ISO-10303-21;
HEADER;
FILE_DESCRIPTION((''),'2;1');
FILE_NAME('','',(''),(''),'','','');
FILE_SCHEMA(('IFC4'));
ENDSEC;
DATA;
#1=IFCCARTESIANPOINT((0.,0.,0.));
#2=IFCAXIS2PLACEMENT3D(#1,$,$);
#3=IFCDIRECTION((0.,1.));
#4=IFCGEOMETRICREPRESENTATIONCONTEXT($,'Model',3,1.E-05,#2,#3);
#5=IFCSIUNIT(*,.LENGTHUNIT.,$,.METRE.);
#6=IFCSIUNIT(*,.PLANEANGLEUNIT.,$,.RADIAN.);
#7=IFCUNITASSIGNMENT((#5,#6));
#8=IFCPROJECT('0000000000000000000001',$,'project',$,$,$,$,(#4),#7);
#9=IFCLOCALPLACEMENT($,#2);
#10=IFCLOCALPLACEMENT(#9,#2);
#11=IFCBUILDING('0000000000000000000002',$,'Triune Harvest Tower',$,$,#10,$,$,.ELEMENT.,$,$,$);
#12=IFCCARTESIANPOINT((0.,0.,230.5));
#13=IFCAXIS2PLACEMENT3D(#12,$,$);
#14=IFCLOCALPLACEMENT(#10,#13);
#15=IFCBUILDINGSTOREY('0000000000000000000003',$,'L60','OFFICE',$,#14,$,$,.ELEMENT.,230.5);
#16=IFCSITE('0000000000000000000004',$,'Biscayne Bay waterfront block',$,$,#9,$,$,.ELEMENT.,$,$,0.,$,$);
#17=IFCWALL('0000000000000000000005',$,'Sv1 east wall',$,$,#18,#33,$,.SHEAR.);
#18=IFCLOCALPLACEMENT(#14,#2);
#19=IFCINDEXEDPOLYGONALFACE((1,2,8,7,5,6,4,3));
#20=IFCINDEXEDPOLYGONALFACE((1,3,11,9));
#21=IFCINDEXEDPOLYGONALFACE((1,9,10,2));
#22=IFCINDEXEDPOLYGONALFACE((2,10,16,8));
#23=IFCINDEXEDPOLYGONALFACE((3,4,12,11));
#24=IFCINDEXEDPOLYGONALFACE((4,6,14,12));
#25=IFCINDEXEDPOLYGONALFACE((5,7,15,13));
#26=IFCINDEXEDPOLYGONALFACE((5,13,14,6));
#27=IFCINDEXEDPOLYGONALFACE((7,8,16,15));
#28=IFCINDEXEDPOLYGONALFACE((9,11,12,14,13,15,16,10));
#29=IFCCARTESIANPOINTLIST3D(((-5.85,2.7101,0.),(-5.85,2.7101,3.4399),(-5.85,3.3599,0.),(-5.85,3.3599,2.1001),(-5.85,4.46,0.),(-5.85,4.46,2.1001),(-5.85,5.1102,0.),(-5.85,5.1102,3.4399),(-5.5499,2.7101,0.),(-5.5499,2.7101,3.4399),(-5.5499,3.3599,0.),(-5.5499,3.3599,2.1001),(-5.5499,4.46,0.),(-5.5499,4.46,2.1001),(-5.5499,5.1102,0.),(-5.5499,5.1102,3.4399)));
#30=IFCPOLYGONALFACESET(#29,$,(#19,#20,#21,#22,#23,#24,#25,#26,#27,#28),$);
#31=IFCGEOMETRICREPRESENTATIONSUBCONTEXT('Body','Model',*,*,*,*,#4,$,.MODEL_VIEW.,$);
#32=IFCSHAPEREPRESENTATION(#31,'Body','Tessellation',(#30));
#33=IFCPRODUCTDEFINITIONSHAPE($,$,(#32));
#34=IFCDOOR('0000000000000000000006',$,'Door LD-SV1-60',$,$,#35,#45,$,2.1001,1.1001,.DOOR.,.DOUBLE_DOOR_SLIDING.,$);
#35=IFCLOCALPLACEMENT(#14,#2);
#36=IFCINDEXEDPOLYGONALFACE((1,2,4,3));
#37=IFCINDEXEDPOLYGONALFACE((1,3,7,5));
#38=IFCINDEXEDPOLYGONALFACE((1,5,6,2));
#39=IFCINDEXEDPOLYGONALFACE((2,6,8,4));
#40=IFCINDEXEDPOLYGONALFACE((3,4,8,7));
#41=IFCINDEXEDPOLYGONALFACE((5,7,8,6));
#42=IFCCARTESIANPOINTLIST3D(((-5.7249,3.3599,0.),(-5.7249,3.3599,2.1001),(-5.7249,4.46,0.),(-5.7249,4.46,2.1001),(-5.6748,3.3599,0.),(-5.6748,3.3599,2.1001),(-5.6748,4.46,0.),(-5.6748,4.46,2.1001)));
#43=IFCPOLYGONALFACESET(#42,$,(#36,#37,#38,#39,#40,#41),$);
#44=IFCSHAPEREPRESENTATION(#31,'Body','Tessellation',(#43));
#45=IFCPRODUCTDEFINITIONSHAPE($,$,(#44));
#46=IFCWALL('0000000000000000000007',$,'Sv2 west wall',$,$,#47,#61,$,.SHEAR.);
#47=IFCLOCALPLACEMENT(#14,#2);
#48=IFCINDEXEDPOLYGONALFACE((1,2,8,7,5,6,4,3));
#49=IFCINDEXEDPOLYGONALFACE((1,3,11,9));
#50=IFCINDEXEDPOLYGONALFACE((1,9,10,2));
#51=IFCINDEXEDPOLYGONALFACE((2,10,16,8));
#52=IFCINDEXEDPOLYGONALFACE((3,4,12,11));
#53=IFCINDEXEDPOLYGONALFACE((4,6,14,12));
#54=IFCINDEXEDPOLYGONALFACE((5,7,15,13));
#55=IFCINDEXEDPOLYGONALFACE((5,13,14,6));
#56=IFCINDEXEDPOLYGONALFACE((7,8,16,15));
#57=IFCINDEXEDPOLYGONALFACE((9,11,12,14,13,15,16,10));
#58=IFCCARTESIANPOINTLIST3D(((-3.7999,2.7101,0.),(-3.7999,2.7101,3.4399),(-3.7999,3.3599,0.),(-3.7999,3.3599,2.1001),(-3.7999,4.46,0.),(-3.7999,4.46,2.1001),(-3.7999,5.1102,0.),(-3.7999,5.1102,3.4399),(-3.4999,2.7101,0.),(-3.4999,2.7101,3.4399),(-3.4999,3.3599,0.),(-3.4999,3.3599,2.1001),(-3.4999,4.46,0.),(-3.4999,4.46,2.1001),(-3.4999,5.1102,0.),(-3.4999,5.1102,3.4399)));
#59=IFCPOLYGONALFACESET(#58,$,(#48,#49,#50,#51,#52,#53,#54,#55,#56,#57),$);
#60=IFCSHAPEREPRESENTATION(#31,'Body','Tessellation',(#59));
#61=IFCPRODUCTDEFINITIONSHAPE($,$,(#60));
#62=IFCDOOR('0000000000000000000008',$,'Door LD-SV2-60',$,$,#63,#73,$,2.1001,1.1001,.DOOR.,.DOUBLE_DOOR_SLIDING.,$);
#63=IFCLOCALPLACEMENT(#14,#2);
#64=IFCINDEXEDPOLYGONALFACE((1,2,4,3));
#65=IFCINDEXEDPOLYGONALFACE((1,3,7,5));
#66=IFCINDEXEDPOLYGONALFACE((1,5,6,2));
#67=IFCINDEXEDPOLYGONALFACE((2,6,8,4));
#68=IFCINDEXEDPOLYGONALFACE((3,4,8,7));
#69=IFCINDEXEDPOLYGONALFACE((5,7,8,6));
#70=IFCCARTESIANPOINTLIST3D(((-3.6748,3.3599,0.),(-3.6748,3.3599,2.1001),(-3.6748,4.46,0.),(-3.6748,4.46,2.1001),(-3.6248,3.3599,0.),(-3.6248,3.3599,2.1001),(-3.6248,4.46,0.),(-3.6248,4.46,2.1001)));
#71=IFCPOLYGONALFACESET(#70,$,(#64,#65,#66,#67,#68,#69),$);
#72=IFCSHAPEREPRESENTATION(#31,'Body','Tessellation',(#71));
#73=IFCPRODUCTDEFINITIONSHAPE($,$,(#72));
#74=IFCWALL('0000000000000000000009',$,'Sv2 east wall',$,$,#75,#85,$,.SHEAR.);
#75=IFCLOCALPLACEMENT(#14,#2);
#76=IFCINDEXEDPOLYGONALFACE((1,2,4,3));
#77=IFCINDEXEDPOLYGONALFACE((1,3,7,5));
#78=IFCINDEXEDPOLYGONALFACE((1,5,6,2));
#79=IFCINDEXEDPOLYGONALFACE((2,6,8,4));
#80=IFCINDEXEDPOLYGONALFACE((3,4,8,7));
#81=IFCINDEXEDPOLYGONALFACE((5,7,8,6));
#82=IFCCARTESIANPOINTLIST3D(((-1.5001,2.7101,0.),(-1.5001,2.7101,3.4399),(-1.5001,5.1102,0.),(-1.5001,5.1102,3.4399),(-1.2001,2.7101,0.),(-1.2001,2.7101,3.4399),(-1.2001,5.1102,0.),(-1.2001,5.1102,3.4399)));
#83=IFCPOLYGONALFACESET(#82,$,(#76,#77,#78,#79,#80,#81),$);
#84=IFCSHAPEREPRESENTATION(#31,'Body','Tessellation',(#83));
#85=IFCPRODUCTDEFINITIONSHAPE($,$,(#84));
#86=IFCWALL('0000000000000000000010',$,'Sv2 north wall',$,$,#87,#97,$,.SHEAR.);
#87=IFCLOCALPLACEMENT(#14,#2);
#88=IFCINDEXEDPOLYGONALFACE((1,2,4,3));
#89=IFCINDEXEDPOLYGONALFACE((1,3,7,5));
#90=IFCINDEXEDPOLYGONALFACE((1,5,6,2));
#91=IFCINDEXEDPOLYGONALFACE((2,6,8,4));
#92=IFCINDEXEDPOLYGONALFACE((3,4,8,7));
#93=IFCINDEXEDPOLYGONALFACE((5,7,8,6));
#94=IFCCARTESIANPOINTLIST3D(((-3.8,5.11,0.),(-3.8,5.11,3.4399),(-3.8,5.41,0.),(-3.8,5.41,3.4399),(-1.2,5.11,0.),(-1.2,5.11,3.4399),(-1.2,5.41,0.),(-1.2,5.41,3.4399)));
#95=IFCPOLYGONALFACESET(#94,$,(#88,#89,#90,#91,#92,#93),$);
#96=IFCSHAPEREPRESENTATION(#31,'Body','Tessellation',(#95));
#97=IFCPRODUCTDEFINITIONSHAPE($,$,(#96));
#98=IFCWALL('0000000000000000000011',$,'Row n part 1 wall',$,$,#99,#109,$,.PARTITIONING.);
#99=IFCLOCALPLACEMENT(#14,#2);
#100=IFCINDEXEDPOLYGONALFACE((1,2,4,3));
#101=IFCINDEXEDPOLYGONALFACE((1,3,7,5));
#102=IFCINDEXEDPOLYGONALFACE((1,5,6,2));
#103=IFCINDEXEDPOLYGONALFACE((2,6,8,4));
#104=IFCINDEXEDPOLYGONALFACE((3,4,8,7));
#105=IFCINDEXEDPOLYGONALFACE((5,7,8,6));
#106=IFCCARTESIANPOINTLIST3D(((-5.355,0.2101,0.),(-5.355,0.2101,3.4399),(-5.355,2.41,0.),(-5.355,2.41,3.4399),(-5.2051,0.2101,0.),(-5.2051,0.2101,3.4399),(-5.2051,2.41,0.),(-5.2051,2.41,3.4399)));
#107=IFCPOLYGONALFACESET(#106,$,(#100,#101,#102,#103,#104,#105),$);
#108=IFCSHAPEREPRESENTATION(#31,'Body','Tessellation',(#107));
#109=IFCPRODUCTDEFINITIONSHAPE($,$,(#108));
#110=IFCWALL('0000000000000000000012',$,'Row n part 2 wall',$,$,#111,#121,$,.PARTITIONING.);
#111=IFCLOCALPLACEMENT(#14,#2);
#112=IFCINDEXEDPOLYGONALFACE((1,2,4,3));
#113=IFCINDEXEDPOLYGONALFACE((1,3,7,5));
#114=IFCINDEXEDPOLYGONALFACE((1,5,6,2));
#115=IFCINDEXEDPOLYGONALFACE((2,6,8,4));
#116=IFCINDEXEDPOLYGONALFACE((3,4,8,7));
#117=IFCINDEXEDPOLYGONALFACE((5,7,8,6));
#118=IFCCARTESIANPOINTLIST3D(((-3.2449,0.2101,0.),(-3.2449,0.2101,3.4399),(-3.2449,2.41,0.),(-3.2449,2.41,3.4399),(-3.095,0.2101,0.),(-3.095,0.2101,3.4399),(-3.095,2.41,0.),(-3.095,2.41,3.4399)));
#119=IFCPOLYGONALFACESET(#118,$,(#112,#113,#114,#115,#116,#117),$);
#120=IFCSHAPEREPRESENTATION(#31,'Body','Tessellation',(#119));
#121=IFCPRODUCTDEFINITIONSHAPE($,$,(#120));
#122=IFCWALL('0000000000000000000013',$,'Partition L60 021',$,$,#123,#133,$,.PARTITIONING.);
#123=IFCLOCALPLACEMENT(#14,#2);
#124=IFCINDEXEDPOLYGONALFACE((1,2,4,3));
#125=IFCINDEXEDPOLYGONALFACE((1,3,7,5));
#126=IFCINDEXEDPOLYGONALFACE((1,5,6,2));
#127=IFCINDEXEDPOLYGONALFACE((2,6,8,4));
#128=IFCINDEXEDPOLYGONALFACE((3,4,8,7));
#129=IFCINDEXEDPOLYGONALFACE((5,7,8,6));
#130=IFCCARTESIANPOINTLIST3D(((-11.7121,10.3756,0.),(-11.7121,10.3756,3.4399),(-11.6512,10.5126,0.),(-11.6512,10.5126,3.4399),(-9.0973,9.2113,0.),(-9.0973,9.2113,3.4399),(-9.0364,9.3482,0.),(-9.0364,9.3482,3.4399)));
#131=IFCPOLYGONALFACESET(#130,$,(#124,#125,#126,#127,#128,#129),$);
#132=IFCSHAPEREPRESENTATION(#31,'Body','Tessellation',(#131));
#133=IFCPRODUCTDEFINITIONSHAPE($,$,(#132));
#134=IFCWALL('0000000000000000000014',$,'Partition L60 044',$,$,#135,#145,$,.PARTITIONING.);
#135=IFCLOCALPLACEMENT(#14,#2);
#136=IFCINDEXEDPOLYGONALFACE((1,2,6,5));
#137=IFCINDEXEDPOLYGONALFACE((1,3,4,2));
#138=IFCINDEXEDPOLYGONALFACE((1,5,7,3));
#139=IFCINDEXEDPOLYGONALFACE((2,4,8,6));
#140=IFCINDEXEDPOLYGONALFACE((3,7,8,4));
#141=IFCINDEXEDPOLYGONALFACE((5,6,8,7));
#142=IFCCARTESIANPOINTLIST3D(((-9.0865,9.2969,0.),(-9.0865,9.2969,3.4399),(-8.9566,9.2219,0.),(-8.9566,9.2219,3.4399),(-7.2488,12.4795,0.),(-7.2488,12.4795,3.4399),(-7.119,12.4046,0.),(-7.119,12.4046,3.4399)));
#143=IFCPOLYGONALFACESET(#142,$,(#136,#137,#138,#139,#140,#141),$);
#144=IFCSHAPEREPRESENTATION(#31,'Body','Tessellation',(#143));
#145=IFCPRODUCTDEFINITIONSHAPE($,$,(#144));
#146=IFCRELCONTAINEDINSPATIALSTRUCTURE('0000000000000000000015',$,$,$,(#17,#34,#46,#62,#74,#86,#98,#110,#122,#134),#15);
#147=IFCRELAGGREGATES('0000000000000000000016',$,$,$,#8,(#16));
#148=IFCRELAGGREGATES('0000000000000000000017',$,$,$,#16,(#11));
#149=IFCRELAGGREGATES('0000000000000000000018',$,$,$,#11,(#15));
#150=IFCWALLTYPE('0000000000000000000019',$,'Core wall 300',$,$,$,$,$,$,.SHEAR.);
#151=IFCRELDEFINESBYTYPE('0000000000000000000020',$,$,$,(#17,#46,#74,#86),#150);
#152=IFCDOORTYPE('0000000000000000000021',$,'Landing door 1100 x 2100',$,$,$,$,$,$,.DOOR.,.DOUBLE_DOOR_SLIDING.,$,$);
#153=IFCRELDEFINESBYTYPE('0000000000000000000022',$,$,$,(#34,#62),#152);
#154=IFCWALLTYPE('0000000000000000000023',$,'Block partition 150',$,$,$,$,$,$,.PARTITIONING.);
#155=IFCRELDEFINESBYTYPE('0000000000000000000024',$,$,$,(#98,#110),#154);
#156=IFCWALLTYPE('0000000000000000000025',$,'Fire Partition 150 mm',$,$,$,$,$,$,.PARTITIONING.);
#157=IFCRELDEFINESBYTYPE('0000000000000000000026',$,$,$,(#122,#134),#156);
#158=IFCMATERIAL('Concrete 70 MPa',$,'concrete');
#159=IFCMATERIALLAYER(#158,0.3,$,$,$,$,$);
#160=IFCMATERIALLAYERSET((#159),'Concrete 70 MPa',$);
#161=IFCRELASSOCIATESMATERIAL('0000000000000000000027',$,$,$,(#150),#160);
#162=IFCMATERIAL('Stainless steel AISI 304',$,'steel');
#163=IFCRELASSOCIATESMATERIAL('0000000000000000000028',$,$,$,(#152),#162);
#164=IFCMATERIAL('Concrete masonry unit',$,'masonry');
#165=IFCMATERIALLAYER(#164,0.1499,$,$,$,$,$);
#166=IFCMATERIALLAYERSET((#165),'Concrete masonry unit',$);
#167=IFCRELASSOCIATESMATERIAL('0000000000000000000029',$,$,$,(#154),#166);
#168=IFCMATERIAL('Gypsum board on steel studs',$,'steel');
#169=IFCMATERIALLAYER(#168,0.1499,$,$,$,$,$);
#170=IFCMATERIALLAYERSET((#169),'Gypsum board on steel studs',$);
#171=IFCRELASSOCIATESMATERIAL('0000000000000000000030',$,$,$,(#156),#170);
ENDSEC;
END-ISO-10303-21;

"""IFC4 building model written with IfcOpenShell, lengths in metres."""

from ifc_helpers import new_model, si_unit, direction, frame, frame_2d, origin, place, context, subcontext, project, spatial, rectangle, extrude, source, transform, mapped, material, layer, layer_set, type_object, element, fill, save


model = new_model("IFC4")

# Units and contexts
model_context = context("Model", 3, precision=1e-05, world=origin(), true_north=direction((0.0, 1.0)))
body_context = subcontext(model_context, "Body", "Model", "MODEL_VIEW")
ifc_project = project(units=[si_unit("LENGTHUNIT", "METRE"), si_unit("PLANEANGLEUNIT", "RADIAN")], contexts=[model_context])

# Site, building, storey
site_placement = place(None, origin())
site = spatial("IfcSite", under=ifc_project, at=site_placement, Name="Biscayne Bay waterfront block", CompositionType="ELEMENT", RefElevation=0.0)
building_placement = place(site_placement, origin())
building = spatial("IfcBuilding", under=site, at=building_placement, Name="Triune Harvest Tower", CompositionType="ELEMENT")
storey_placement = place(building_placement, frame((0.0, 0.0, 230.5)))
storey = spatial("IfcBuildingStorey", under=building, at=storey_placement, Name="L60", Description="OFFICE", CompositionType="ELEMENT", Elevation=230.5)

# Shared definitions
ifc_material_1 = material(Name="Concrete 70 MPa", Category="concrete")
ifc_layer_1 = layer(ifc_material_1, 0.3)
ifc_layer_set_1 = layer_set([ifc_layer_1], Name="Concrete 70 MPa")
wall_type_1 = type_object("IfcWallType", Name="Core wall 300", PredefinedType="SHEAR", material=ifc_layer_set_1)

# Shared definitions
shared_shape_1 = source(origin(), body_context, "Body", "SweptSolid", [
    extrude(rectangle(XDim=2.4001, YDim=0.3, at=frame_2d((1.2002, 0.0))), origin(), (0.0, 0.0, 1.0), 3.4399),
])

# Walls, openings, doors
wall_1_placement = place(storey_placement, frame((-5.7, 2.71, 0.0), z_axis=(0.0, 0.0, 1.0), x_axis=(0.0, 1.0, 0.0)))
wall_1 = element("IfcWall", 1, at=wall_1_placement, inside=storey, type_object=wall_type_1, Name="Sv1 east wall", PredefinedType="SHEAR", context=body_context, shape_type="MappedRepresentation", body=[
    mapped(shared_shape_1, transform((0.0, 0.0, 0.0), scale=1.0)),
])
opening_1_placement = place(wall_1_placement, frame((0.6499, 0.0, 0.0)))
opening_1 = element("IfcOpeningElement", 2, at=opening_1_placement, cuts=wall_1, PredefinedType="OPENING", context=body_context, shape_type="SweptSolid", body=[
    extrude(rectangle(XDim=1.1001, YDim=2.1001, at=frame_2d((0.55, 1.05))), frame((0.0, 0.1602, 0.0), z_axis=(0.0, -1.0, 0.0), x_axis=(1.0, 0.0, 0.0)), (0.0, 0.0, 1.0), 0.3201),
])
ifc_material_2 = material(Name="Stainless steel AISI 304", Category="steel")
door_type_1 = type_object("IfcDoorType", Name="Landing door 1100 x 2100", OperationType="DOUBLE_DOOR_SLIDING", PredefinedType="DOOR", material=ifc_material_2)
door_1_placement = place(opening_1_placement, origin())
door_1 = element("IfcDoor", 3, at=door_1_placement, inside=storey, type_object=door_type_1, Name="Door LD-SV1-60", OperationType="DOUBLE_DOOR_SLIDING", OverallHeight=2.1001, OverallWidth=1.1001, PredefinedType="DOOR", context=body_context, shape_type="SweptSolid", body=[
    extrude(rectangle(XDim=1.1001, YDim=2.1001, at=frame_2d((0.55, 1.05))), frame((0.0, 0.0249, 0.0), z_axis=(0.0, -1.0, 0.0), x_axis=(1.0, 0.0, 0.0)), (0.0, 0.0, 1.0), 0.05),
])
fill(opening_1, door_1)
wall_2_placement = place(storey_placement, frame((-3.6499, 2.71, 0.0), z_axis=(0.0, 0.0, 1.0), x_axis=(0.0, 1.0, 0.0)))
wall_2 = element("IfcWall", 4, at=wall_2_placement, inside=storey, type_object=wall_type_1, Name="Sv2 west wall", PredefinedType="SHEAR", context=body_context, shape_type="MappedRepresentation", body=[
    mapped(shared_shape_1, transform((0.0, 0.0, 0.0), scale=1.0)),
])
opening_2_placement = place(wall_2_placement, frame((0.6499, 0.0, 0.0)))
opening_2 = element("IfcOpeningElement", 5, at=opening_2_placement, cuts=wall_2, PredefinedType="OPENING", context=body_context, shape_type="SweptSolid", body=[
    extrude(rectangle(XDim=1.1001, YDim=2.1001, at=frame_2d((0.55, 1.05))), frame((0.0, 0.1602, 0.0), z_axis=(0.0, -1.0, 0.0), x_axis=(1.0, 0.0, 0.0)), (0.0, 0.0, 1.0), 0.3201),
])
door_2_placement = place(opening_2_placement, origin())
door_2 = element("IfcDoor", 6, at=door_2_placement, inside=storey, type_object=door_type_1, Name="Door LD-SV2-60", OperationType="DOUBLE_DOOR_SLIDING", OverallHeight=2.1001, OverallWidth=1.1001, PredefinedType="DOOR", context=body_context, shape_type="SweptSolid", body=[
    extrude(rectangle(XDim=1.1001, YDim=2.1001, at=frame_2d((0.55, 1.05))), frame((0.0, 0.0249, 0.0), z_axis=(0.0, -1.0, 0.0), x_axis=(1.0, 0.0, 0.0)), (0.0, 0.0, 1.0), 0.05),
])
fill(opening_2, door_2)

# Walls
wall_3_placement = place(storey_placement, frame((-1.3501, 2.71, 0.0), z_axis=(0.0, 0.0, 1.0), x_axis=(0.0, 1.0, 0.0)))
element("IfcWall", 7, at=wall_3_placement, inside=storey, type_object=wall_type_1, Name="Sv2 east wall", PredefinedType="SHEAR", context=body_context, shape_type="MappedRepresentation", body=[
    mapped(shared_shape_1, transform((0.0, 0.0, 0.0), scale=1.0)),
])
shared_shape_2 = source(origin(), body_context, "Body", "SweptSolid", [
    extrude(rectangle(XDim=2.6001, YDim=0.3, at=frame_2d((1.3, 0.0))), origin(), (0.0, 0.0, 1.0), 3.4399),
])
wall_4_placement = place(storey_placement, frame((-3.8, 5.26, 0.0), z_axis=(0.0, 0.0, 1.0), x_axis=(1.0, 0.0, 0.0)))
element("IfcWall", 8, at=wall_4_placement, inside=storey, type_object=wall_type_1, Name="Sv2 north wall", PredefinedType="SHEAR", context=body_context, shape_type="MappedRepresentation", body=[
    mapped(shared_shape_2, transform((0.0, 0.0, 0.0), scale=1.0)),
])
ifc_material_3 = material(Name="Concrete masonry unit", Category="masonry")
ifc_layer_2 = layer(ifc_material_3, 0.1499)
ifc_layer_set_2 = layer_set([ifc_layer_2], Name="Concrete masonry unit")
wall_type_2 = type_object("IfcWallType", Name="Block partition 150", PredefinedType="PARTITIONING", material=ifc_layer_set_2)
shared_shape_3 = source(origin(), body_context, "Body", "SweptSolid", [
    extrude(rectangle(XDim=2.2, YDim=0.1499, at=frame_2d((1.1001, 0.0))), origin(), (0.0, 0.0, 1.0), 3.4399),
])
for number, where, z_axis, x_axis, name in (
    (9, (-5.28, 0.21, 0.0), (0.0, 0.0, 1.0), (0.0, 1.0, 0.0), "Row n part 1 wall"),
    (10, (-3.1699, 0.21, 0.0), (0.0, 0.0, 1.0), (0.0, 1.0, 0.0), "Row n part 2 wall"),
):
    element("IfcWall", number, at=place(storey_placement, frame(where, z_axis=z_axis, x_axis=x_axis)), inside=storey, type_object=wall_type_2, Name=name, PredefinedType="PARTITIONING", context=body_context, shape_type="MappedRepresentation", body=[
        mapped(shared_shape_3, transform((0.0, 0.0, 0.0), scale=1.0)),
    ])
ifc_material_4 = material(Name="Gypsum board on steel studs", Category="steel")
ifc_layer_3 = layer(ifc_material_4, 0.1499)
ifc_layer_set_3 = layer_set([ifc_layer_3], Name="Gypsum board on steel studs")
wall_type_3 = type_object("IfcWallType", Name="Fire Partition 150 mm", PredefinedType="PARTITIONING", material=ifc_layer_set_3)
shared_shape_4 = source(origin(), body_context, "Body", "SweptSolid", [
    extrude(rectangle(XDim=2.8623, YDim=0.1499, at=frame_2d((1.4312, 0.0))), origin(), (0.0, 0.0, 1.0), 3.4399),
])
wall_5_placement = place(storey_placement, frame((-11.6816, 10.4441, 0.0), z_axis=(0.0, 0.0, 1.0), x_axis=(0.913526, -0.406779, 0.0)))
element("IfcWall", 11, at=wall_5_placement, inside=storey, type_object=wall_type_3, Name="Partition L60 021", PredefinedType="PARTITIONING", context=body_context, shape_type="MappedRepresentation", body=[
    mapped(shared_shape_4, transform((0.0, 0.0, 0.0), scale=1.0)),
])
shared_shape_5 = source(origin(), body_context, "Body", "SweptSolid", [
    extrude(rectangle(XDim=3.675, YDim=0.1499, at=frame_2d((1.8374, 0.0))), origin(), (0.0, 0.0, 1.0), 3.4399),
])
wall_6_placement = place(storey_placement, frame((-9.0215, 9.2595, 0.0), z_axis=(0.0, 0.0, 1.0), x_axis=(0.500033, 0.866006, 0.0)))
element("IfcWall", 12, at=wall_6_placement, inside=storey, type_object=wall_type_3, Name="Partition L60 044", PredefinedType="PARTITIONING", context=body_context, shape_type="MappedRepresentation", body=[
    mapped(shared_shape_5, transform((0.0, 0.0, 0.0), scale=1.0)),
])

save(model, "model.ifc")
